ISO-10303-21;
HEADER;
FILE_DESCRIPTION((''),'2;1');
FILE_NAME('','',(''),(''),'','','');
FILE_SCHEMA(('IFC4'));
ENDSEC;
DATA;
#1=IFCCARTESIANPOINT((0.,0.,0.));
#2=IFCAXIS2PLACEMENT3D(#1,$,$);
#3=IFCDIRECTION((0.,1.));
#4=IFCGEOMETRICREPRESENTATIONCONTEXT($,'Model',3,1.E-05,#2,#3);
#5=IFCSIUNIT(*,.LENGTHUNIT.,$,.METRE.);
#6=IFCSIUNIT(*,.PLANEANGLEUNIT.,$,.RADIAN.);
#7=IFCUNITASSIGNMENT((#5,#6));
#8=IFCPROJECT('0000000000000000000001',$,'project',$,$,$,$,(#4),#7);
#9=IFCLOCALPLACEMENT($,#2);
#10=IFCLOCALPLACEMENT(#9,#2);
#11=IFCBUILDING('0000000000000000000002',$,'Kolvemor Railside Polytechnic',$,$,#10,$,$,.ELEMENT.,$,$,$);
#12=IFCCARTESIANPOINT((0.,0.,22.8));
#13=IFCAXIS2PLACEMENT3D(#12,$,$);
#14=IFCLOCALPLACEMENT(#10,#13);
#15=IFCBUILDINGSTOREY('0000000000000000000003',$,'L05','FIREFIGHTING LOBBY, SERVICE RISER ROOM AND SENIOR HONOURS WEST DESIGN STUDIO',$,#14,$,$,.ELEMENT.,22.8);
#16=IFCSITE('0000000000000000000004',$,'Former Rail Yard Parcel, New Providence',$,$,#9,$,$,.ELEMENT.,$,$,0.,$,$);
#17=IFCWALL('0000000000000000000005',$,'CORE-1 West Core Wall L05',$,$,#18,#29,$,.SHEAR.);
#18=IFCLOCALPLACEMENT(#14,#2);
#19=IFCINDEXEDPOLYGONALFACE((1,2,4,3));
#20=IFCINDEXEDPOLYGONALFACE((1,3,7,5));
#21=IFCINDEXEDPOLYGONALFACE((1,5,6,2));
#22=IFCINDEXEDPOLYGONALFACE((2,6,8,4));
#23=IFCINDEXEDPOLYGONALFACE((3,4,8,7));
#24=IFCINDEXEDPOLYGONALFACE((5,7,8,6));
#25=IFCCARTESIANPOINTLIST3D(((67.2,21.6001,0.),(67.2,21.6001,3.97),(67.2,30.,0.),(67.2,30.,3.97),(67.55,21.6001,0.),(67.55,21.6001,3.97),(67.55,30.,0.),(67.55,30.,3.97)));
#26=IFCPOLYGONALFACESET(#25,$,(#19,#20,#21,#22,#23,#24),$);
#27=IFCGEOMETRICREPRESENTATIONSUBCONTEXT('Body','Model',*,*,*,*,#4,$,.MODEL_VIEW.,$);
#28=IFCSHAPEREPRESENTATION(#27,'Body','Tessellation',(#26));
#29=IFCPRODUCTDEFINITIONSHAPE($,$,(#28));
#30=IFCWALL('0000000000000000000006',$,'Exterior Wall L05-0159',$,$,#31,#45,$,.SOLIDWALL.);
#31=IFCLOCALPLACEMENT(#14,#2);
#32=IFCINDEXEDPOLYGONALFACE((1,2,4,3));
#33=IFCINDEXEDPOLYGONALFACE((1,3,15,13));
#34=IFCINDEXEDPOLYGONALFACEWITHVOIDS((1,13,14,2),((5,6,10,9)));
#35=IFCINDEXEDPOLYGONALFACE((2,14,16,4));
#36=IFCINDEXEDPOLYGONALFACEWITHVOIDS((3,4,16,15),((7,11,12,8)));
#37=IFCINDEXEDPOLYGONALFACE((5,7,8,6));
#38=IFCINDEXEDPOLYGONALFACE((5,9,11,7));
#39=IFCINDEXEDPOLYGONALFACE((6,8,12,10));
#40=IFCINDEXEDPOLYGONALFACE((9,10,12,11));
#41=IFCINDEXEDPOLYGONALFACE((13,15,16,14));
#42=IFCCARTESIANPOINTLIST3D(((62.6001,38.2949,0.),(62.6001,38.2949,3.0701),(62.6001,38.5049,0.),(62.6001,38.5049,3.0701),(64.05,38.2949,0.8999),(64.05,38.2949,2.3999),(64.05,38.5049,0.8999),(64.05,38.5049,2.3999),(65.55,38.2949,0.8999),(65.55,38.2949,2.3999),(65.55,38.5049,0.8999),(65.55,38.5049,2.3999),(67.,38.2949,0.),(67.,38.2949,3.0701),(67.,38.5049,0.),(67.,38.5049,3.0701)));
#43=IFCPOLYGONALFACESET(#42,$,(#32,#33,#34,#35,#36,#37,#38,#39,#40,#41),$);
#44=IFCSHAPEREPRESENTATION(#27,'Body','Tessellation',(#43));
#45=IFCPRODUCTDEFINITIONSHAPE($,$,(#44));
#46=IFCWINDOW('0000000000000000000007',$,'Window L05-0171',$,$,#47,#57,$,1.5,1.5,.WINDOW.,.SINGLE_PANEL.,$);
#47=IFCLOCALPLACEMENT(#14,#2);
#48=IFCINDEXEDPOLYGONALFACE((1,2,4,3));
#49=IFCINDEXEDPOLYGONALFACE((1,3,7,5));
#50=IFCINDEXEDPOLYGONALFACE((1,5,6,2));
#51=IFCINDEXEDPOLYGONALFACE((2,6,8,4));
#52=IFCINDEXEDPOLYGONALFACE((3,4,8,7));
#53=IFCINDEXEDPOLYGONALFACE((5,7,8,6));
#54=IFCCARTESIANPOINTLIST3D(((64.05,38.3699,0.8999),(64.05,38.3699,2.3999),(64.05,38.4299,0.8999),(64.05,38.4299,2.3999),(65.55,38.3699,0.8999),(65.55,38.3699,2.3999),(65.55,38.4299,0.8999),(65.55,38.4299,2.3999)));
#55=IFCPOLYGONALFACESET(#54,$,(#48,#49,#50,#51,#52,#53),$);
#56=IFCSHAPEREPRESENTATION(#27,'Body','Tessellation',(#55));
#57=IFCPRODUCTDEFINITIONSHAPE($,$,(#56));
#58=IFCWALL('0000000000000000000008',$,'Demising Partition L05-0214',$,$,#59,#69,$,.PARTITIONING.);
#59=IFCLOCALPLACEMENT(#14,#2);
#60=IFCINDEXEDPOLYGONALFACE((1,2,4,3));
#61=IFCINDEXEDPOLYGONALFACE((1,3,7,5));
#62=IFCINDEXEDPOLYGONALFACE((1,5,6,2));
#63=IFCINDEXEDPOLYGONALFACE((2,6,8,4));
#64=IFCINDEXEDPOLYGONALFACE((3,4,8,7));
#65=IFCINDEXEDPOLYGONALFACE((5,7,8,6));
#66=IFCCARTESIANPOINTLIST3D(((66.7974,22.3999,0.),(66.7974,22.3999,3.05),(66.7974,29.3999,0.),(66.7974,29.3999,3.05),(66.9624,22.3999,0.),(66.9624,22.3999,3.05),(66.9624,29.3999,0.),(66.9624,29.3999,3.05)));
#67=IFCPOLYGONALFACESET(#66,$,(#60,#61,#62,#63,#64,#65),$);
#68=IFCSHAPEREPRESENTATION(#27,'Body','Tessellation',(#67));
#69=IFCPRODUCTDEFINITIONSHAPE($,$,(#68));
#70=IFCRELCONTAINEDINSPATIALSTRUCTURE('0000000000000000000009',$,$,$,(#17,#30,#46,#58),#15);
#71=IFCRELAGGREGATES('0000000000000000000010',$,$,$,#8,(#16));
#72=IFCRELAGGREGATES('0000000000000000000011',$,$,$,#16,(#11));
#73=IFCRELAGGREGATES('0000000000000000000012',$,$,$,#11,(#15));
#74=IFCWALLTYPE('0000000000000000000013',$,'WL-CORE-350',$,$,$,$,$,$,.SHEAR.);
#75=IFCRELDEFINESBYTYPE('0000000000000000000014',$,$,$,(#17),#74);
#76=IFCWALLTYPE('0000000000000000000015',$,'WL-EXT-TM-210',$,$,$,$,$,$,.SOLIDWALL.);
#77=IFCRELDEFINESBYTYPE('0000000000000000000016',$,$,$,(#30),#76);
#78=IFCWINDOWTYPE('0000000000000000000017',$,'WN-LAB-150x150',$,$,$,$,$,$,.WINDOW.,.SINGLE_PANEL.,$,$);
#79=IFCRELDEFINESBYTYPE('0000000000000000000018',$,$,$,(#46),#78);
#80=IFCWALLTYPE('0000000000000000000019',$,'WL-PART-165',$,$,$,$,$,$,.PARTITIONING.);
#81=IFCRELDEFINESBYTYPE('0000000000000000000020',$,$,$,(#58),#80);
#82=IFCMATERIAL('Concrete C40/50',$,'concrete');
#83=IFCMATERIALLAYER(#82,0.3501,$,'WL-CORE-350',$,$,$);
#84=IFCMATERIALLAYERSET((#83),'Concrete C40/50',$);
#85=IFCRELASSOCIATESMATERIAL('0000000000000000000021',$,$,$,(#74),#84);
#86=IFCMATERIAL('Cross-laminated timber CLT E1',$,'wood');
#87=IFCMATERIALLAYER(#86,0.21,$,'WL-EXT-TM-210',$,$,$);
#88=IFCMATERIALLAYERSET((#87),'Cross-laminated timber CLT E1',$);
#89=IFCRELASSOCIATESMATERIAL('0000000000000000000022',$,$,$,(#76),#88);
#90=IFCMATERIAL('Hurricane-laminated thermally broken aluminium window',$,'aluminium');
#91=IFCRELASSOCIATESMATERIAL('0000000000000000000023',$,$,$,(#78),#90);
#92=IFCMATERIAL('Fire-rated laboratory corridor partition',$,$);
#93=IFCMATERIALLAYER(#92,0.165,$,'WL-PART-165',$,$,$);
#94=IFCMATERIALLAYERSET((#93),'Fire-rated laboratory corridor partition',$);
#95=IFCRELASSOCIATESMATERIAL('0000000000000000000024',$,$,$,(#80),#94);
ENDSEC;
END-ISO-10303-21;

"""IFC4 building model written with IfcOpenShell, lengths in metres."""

from ifc_helpers import new_model, si_unit, direction, frame, frame_2d, origin, place, context, subcontext, project, spatial, rectangle, extrude, material, layer, layer_set, type_object, element, fill, save


model = new_model("IFC4")

# Units and contexts
model_context = context("Model", 3, precision=1e-05, world=origin(), true_north=direction((0.0, 1.0)))
body_context = subcontext(model_context, "Body", "Model", "MODEL_VIEW")
ifc_project = project(units=[si_unit("LENGTHUNIT", "METRE"), si_unit("PLANEANGLEUNIT", "RADIAN")], contexts=[model_context])

# Site, building, storey
site_placement = place(None, origin())
site = spatial("IfcSite", under=ifc_project, at=site_placement, Name="Former Rail Yard Parcel, New Providence", CompositionType="ELEMENT", RefElevation=0.0)
building_placement = place(site_placement, origin())
building = spatial("IfcBuilding", under=site, at=building_placement, Name="Kolvemor Railside Polytechnic", CompositionType="ELEMENT")
storey_placement = place(building_placement, frame((0.0, 0.0, 22.8)))
storey = spatial("IfcBuildingStorey", under=building, at=storey_placement, Name="L05", Description="FIREFIGHTING LOBBY, SERVICE RISER ROOM AND SENIOR HONOURS WEST DESIGN STUDIO", CompositionType="ELEMENT", Elevation=22.8)

# Wall
ifc_material_1 = material(Name="Concrete C40/50", Category="concrete")
ifc_layer_1 = layer(ifc_material_1, 0.3501, Name="WL-CORE-350")
ifc_layer_set_1 = layer_set([ifc_layer_1], Name="Concrete C40/50")
wall_type_1 = type_object("IfcWallType", Name="WL-CORE-350", PredefinedType="SHEAR", material=ifc_layer_set_1)
wall_1_placement = place(storey_placement, frame((67.375, 21.6001, 0.0), z_axis=(0.0, 0.0, 1.0), x_axis=(0.0, 1.0, 0.0)))
element("IfcWall", 1, at=wall_1_placement, inside=storey, type_object=wall_type_1, Name="CORE-1 West Core Wall L05", PredefinedType="SHEAR", context=body_context, shape_type="SweptSolid", body=[
    extrude(rectangle(XDim=8.3999, YDim=0.3501, at=frame_2d((4.2, 0.0))), origin(), (0.0, 0.0, 1.0), 3.97),
])

# Wall, opening, window
ifc_material_2 = material(Name="Cross-laminated timber CLT E1", Category="wood")
ifc_layer_2 = layer(ifc_material_2, 0.21, Name="WL-EXT-TM-210")
ifc_layer_set_2 = layer_set([ifc_layer_2], Name="Cross-laminated timber CLT E1")
wall_type_2 = type_object("IfcWallType", Name="WL-EXT-TM-210", PredefinedType="SOLIDWALL", material=ifc_layer_set_2)
wall_2_placement = place(storey_placement, frame((67.0, 38.3999, 0.0), z_axis=(0.0, 0.0, 1.0), x_axis=(-1.0, 0.0, 0.0)))
wall_2 = element("IfcWall", 2, at=wall_2_placement, inside=storey, type_object=wall_type_2, Name="Exterior Wall L05-0159", PredefinedType="SOLIDWALL", context=body_context, shape_type="SweptSolid", body=[
    extrude(rectangle(XDim=4.3999, YDim=0.21, at=frame_2d((2.2, 0.0))), origin(), (0.0, 0.0, 1.0), 3.0701),
])
opening_1_placement = place(wall_2_placement, frame((1.45, 0.0, 0.8999)))
opening_1 = element("IfcOpeningElement", 3, at=opening_1_placement, cuts=wall_2, PredefinedType="OPENING", context=body_context, shape_type="SweptSolid", body=[
    extrude(rectangle(XDim=1.5, YDim=1.5, at=frame_2d((0.75, 0.75))), frame((0.0, 0.115, 0.0), z_axis=(0.0, -1.0, 0.0), x_axis=(1.0, 0.0, 0.0)), (0.0, 0.0, 1.0), 0.23),
])
ifc_material_3 = material(Name="Hurricane-laminated thermally broken aluminium window", Category="aluminium")
window_type = type_object("IfcWindowType", Name="WN-LAB-150x150", PartitioningType="SINGLE_PANEL", PredefinedType="WINDOW", material=ifc_material_3)
window_placement = place(opening_1_placement, origin())
window = element("IfcWindow", 4, at=window_placement, inside=storey, type_object=window_type, Name="Window L05-0171", OverallHeight=1.5, OverallWidth=1.5, PartitioningType="SINGLE_PANEL", PredefinedType="WINDOW", context=body_context, shape_type="SweptSolid", body=[
    extrude(rectangle(XDim=1.5, YDim=1.5, at=frame_2d((0.75, 0.75))), frame((0.0, 0.03, 0.0), z_axis=(0.0, -1.0, 0.0), x_axis=(1.0, 0.0, 0.0)), (0.0, 0.0, 1.0), 0.0601),
])
fill(opening_1, window)

# Shared definitions
ifc_material_4 = material(Name="Fire-rated laboratory corridor partition")
ifc_layer_3 = layer(ifc_material_4, 0.165, Name="WL-PART-165")
ifc_layer_set_3 = layer_set([ifc_layer_3], Name="Fire-rated laboratory corridor partition")
wall_type_3 = type_object("IfcWallType", Name="WL-PART-165", PredefinedType="PARTITIONING", material=ifc_layer_set_3)

# Wall
wall_3_placement = place(storey_placement, frame((66.8799, 22.3999, 0.0), z_axis=(0.0, 0.0, 1.0), x_axis=(0.0, 1.0, 0.0)))
element("IfcWall", 5, at=wall_3_placement, inside=storey, type_object=wall_type_3, Name="Demising Partition L05-0214", PredefinedType="PARTITIONING", context=body_context, shape_type="SweptSolid", body=[
    extrude(rectangle(XDim=7.0, YDim=0.165, at=frame_2d((3.5, 0.0))), origin(), (0.0, 0.0, 1.0), 3.05),
])

save(model, "model.ifc")
